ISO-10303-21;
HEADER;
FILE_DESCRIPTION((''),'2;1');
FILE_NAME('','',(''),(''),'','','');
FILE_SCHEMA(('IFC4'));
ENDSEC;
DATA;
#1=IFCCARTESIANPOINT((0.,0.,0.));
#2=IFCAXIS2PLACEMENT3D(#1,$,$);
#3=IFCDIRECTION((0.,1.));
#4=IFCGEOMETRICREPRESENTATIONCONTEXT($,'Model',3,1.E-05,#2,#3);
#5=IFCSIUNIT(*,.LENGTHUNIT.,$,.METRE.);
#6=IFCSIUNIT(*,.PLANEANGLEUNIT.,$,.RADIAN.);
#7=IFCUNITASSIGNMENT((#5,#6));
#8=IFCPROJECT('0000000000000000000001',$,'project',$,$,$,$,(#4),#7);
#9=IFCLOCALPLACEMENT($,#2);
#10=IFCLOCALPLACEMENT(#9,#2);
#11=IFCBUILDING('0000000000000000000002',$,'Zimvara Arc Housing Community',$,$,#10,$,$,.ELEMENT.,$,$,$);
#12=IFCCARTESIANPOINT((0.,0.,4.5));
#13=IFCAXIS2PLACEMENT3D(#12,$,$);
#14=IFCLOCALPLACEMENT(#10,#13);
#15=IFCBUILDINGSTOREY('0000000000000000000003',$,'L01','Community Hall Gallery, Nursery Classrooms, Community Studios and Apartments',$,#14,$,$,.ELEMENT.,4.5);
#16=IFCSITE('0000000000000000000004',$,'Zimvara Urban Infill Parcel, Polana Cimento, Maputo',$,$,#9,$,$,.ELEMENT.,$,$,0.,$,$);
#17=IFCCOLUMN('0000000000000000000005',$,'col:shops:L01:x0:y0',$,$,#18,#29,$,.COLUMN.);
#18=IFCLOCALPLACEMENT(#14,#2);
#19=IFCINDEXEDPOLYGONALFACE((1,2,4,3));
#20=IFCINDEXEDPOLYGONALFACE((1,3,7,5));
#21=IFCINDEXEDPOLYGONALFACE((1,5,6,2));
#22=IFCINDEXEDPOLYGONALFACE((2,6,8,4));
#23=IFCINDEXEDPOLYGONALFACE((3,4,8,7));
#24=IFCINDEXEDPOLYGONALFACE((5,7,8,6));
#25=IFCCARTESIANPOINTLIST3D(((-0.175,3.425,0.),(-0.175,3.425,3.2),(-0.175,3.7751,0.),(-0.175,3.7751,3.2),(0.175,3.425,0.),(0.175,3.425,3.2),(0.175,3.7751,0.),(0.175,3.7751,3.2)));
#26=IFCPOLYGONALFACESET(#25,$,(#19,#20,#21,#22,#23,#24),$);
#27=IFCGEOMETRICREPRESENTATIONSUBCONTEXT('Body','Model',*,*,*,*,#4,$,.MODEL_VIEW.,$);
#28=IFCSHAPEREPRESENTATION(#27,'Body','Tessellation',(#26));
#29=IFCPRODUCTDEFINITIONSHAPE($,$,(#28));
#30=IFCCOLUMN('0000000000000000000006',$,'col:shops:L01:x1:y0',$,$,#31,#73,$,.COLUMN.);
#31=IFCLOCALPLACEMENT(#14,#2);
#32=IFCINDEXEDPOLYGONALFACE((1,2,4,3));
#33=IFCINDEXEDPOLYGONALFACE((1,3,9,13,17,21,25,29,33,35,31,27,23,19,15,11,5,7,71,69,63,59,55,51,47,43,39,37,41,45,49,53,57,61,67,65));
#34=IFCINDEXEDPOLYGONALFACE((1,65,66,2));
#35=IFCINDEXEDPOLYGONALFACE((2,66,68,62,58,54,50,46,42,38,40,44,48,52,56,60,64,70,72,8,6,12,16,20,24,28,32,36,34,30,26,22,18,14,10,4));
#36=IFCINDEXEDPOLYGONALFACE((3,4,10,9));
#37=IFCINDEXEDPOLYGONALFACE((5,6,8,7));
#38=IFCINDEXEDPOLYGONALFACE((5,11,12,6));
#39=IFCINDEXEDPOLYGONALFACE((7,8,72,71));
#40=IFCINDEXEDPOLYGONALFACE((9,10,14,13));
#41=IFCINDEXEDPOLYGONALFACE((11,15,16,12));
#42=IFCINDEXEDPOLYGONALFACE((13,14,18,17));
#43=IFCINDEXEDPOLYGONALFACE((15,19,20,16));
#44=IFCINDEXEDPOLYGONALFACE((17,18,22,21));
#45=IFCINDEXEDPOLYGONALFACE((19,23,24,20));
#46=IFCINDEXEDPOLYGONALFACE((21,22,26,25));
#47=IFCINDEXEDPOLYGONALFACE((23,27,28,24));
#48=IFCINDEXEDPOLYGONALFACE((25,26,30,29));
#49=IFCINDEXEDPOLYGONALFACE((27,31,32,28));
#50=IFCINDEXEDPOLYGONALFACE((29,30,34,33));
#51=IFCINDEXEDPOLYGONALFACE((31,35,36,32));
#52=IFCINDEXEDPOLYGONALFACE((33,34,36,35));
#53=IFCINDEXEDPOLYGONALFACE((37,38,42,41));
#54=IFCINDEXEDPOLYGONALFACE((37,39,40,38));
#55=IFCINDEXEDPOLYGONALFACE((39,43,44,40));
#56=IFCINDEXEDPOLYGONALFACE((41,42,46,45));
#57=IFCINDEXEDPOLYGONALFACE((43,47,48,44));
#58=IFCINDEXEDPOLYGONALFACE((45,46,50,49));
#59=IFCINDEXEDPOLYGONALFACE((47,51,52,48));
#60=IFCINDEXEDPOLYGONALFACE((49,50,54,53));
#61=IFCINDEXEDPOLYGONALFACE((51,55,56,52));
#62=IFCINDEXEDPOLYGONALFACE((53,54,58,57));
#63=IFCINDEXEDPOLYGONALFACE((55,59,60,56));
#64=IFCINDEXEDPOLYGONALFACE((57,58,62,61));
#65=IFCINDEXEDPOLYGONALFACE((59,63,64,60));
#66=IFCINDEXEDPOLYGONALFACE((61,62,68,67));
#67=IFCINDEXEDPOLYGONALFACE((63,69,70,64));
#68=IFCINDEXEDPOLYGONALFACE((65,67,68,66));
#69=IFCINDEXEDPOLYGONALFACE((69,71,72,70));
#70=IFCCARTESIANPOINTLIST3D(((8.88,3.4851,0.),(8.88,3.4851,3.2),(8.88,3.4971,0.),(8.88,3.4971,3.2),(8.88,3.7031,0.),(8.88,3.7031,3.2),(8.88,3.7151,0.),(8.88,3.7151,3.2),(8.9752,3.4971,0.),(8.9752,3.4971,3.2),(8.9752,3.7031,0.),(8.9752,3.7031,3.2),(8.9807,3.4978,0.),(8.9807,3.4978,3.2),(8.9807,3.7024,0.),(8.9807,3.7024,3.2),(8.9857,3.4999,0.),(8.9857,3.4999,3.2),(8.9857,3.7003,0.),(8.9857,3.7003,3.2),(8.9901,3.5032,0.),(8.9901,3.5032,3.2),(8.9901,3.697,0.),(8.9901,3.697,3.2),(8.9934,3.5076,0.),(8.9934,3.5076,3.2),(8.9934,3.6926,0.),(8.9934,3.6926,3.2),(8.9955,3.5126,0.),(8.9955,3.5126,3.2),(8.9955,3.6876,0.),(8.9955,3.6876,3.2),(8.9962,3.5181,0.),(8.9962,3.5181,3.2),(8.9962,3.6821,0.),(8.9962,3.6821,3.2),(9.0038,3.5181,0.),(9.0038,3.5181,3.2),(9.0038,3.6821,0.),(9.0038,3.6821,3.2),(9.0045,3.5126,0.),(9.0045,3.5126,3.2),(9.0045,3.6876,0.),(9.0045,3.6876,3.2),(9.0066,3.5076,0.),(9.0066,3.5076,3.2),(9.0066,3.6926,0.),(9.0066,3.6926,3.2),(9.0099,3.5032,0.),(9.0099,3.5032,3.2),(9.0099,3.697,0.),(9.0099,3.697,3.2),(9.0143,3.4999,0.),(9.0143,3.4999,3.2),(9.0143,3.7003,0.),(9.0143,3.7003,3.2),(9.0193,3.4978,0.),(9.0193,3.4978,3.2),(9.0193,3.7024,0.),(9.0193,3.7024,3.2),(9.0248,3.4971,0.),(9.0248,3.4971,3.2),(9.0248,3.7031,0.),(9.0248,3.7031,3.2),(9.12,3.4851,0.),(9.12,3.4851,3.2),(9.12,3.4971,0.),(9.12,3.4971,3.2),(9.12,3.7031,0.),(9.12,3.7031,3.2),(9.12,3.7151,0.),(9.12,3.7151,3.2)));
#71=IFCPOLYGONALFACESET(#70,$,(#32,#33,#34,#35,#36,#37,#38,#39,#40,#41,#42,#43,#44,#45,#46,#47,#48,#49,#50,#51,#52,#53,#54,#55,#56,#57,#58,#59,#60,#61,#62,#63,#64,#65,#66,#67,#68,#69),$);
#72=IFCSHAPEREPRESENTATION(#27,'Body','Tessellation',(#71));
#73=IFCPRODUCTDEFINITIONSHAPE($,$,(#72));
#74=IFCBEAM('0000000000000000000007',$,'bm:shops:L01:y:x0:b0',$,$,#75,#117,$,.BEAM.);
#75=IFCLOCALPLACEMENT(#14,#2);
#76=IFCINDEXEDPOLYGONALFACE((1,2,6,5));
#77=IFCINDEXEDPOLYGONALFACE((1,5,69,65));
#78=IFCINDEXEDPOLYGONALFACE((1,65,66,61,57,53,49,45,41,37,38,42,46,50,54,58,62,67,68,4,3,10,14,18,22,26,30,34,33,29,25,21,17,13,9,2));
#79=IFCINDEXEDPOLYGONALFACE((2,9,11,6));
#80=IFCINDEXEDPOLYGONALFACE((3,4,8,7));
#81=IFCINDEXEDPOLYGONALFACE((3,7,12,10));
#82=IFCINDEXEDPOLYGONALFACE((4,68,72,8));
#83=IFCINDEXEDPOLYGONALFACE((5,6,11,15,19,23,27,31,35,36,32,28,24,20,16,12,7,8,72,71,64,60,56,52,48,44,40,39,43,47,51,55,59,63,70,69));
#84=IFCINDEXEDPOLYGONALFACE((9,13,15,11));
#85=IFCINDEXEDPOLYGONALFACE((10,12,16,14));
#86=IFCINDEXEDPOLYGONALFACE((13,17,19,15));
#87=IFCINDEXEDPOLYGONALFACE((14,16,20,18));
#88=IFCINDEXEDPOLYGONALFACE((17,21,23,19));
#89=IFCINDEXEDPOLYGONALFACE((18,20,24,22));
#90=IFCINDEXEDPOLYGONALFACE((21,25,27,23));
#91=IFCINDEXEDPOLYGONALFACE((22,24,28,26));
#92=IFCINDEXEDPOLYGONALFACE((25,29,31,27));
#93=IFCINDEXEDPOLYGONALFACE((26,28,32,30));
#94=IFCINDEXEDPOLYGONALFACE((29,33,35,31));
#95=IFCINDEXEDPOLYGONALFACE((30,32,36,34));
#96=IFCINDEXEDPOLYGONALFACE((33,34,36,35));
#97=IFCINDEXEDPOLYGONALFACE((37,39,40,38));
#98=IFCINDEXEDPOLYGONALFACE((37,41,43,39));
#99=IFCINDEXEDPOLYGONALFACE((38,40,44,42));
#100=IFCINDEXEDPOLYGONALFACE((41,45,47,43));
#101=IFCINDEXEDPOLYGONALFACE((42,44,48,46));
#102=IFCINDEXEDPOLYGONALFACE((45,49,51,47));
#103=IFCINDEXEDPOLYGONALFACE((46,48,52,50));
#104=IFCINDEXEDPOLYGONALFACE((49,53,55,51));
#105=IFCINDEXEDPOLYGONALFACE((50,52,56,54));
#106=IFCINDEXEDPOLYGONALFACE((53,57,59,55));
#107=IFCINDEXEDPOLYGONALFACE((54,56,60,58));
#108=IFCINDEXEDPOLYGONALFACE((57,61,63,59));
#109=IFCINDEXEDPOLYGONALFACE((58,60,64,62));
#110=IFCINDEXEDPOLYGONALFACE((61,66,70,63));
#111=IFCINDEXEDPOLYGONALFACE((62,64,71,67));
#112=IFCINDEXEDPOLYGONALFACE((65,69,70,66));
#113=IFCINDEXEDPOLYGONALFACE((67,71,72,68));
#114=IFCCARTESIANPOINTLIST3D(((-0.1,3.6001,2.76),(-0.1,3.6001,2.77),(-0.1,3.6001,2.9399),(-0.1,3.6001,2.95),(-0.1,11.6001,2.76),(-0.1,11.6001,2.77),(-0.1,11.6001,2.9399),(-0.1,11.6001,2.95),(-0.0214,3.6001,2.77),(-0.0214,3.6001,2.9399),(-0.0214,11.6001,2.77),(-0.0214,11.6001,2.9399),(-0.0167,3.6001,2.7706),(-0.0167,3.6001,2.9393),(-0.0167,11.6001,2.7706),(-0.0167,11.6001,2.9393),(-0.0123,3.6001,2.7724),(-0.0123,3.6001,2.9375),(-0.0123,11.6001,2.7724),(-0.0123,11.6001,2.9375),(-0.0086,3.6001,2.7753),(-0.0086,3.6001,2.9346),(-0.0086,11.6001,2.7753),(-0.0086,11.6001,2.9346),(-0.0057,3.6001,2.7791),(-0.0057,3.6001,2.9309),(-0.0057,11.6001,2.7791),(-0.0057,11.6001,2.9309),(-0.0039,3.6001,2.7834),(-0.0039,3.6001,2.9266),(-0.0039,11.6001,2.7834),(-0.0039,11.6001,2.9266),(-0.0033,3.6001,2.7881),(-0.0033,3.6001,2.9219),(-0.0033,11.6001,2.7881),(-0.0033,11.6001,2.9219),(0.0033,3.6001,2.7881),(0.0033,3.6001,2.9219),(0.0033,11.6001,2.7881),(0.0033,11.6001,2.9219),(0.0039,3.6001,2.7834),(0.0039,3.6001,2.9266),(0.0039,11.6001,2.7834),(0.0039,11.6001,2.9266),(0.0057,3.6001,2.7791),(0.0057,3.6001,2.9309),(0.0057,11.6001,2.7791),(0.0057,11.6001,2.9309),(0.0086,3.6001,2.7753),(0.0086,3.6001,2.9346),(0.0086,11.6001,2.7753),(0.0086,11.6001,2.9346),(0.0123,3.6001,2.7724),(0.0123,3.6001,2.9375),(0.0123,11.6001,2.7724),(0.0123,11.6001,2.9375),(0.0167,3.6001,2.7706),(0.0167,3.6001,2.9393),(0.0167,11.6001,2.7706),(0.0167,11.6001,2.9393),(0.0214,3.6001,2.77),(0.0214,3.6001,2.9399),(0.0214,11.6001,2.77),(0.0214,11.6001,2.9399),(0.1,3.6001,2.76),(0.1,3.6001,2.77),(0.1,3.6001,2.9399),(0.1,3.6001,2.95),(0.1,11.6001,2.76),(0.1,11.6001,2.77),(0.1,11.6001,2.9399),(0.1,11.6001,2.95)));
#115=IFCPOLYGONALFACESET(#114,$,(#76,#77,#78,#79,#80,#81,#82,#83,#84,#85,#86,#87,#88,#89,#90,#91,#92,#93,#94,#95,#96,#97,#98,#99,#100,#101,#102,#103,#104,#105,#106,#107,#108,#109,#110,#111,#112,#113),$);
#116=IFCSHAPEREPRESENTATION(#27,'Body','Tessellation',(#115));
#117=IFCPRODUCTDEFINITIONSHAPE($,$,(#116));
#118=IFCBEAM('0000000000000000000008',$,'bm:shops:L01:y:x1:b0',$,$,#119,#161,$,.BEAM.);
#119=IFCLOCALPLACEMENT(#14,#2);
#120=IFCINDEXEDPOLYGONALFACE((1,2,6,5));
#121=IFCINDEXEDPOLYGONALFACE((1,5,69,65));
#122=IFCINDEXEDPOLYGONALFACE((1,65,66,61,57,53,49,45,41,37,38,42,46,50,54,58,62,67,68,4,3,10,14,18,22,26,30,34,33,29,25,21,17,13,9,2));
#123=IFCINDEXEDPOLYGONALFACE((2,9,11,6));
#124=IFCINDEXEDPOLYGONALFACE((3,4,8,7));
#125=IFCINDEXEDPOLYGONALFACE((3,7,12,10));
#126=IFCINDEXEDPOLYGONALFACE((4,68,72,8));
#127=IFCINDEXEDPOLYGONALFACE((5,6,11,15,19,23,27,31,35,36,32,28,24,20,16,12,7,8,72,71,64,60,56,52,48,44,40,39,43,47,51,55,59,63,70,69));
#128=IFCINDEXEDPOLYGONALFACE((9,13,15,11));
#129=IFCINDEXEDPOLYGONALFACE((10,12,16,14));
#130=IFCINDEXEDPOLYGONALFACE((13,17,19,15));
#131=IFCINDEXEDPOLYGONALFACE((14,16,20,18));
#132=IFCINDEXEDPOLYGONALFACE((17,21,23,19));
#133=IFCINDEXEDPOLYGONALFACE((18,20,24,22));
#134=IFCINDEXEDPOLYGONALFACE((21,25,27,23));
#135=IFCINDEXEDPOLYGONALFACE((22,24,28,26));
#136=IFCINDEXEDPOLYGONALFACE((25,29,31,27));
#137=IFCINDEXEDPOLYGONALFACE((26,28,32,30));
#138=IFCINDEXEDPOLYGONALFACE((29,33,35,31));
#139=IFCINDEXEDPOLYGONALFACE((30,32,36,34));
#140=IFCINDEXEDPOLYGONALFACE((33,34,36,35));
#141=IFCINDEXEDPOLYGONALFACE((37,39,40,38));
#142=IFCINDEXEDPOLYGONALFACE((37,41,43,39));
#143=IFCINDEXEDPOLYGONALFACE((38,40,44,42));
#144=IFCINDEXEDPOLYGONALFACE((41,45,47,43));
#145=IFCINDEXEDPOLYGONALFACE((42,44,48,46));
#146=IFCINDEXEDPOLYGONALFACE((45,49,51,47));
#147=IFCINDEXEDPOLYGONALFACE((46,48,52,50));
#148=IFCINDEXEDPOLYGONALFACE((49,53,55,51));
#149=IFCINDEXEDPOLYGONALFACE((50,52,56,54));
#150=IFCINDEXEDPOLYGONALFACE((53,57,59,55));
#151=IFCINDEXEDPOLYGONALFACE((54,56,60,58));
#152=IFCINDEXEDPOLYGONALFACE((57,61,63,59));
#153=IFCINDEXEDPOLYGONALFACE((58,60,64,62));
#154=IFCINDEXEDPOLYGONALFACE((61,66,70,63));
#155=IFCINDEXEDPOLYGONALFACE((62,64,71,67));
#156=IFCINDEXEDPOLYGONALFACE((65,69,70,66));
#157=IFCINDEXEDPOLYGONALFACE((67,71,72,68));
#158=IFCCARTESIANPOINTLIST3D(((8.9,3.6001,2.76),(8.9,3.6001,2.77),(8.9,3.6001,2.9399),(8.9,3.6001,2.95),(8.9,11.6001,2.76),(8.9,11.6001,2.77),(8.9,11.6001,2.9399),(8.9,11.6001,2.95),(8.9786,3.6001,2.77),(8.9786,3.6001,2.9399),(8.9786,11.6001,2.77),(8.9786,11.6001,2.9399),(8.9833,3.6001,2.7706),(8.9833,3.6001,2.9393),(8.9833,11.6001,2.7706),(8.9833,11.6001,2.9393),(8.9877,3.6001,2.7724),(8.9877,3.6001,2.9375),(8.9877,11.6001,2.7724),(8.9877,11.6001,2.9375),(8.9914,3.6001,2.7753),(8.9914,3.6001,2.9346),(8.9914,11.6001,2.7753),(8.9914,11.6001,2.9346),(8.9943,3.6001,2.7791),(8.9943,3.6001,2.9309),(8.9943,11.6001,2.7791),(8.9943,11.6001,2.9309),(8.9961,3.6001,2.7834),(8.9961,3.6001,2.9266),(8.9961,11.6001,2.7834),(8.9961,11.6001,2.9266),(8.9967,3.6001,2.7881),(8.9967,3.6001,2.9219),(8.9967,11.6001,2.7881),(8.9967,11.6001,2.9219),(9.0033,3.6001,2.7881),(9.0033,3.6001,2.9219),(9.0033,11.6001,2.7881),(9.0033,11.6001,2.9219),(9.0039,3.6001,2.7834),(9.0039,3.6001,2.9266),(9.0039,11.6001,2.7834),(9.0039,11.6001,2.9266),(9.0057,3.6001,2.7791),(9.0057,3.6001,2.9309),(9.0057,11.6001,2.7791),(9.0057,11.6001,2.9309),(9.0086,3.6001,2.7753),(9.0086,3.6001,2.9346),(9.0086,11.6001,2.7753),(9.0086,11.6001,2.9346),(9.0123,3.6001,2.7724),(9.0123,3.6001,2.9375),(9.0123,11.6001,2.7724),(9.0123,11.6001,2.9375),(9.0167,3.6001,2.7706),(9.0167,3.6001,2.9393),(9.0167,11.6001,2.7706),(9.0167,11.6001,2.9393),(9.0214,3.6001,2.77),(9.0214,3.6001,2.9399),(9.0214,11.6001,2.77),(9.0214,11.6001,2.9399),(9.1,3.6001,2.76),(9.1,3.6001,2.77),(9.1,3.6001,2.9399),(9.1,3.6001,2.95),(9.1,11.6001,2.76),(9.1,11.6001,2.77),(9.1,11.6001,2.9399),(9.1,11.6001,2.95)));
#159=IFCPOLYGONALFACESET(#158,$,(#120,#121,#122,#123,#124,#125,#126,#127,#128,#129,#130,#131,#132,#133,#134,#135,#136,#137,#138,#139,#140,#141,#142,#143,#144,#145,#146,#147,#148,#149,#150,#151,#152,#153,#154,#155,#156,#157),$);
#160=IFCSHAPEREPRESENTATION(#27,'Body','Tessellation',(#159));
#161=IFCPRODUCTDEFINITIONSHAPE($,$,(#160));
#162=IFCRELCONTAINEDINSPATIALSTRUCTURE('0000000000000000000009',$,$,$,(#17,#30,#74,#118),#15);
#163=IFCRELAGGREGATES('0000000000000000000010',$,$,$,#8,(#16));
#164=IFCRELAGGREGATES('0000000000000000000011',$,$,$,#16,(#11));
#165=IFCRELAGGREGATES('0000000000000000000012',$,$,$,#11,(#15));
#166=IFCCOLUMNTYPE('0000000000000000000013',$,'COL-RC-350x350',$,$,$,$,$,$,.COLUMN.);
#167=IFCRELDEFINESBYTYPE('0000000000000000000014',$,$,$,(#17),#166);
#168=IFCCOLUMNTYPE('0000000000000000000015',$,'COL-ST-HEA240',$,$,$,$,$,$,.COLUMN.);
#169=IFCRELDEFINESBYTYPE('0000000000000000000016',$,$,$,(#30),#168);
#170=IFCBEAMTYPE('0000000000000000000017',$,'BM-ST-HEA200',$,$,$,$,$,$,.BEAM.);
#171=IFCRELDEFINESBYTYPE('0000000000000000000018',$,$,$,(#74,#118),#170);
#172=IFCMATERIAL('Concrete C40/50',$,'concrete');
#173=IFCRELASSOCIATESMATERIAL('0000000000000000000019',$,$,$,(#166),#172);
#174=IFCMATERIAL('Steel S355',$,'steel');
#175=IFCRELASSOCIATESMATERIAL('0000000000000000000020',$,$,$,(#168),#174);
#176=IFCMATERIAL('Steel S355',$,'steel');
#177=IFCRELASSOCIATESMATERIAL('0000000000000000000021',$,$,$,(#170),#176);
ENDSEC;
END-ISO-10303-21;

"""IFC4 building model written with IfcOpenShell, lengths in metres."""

from ifc_helpers import new_model, si_unit, direction, frame, origin, origin_2d, place, context, subcontext, project, spatial, rectangle, i_section, extrude, material, material_profile, profile_set, type_object, element, save


model = new_model("IFC4")

# Units and contexts
model_context = context("Model", 3, precision=1e-05, world=origin(), true_north=direction((0.0, 1.0)))
body_context = subcontext(model_context, "Body", "Model", "MODEL_VIEW")
ifc_project = project(units=[si_unit("LENGTHUNIT", "METRE"), si_unit("PLANEANGLEUNIT", "RADIAN")], contexts=[model_context])

# Site, building, storey
site_placement = place(None, origin())
site = spatial("IfcSite", under=ifc_project, at=site_placement, Name="Zimvara Urban Infill Parcel, Polana Cimento, Maputo", CompositionType="ELEMENT", RefElevation=0.0)
building_placement = place(site_placement, origin())
building = spatial("IfcBuilding", under=site, at=building_placement, Name="Zimvara Arc Housing Community", CompositionType="ELEMENT")
storey_placement = place(building_placement, frame((0.0, 0.0, 4.5)))
storey = spatial("IfcBuildingStorey", under=building, at=storey_placement, Name="L01", Description="Community Hall Gallery, Nursery Classrooms, Community Studios and Apartments", CompositionType="ELEMENT", Elevation=4.5)

# Columns
ifc_material_1 = material(Name="Concrete C40/50", Category="concrete")
ifc_material_profile_1 = material_profile(ifc_material_1, rectangle(XDim=0.3501, YDim=0.3501, at=origin_2d()), Name="RC 350x350")
ifc_profile_set_1 = profile_set([ifc_material_profile_1], Name="Concrete C40/50")
column_type_1 = type_object("IfcColumnType", Name="COL-RC-350x350", PredefinedType="COLUMN", material=ifc_profile_set_1)
column_1_placement = place(storey_placement, frame((0.0, 3.6001, 0.0), z_axis=(0.0, 0.0, 1.0), x_axis=(1.0, 0.0, 0.0)))
element("IfcColumn", 1, at=column_1_placement, inside=storey, type_object=column_type_1, Name="col:shops:L01:x0:y0", PredefinedType="COLUMN", context=body_context, shape_type="SweptSolid", body=[
    extrude(rectangle(XDim=0.3501, YDim=0.3501, at=origin_2d()), origin(), (0.0, 0.0, 1.0), 3.2),
])
ifc_material_2 = material(Name="Steel S355", Category="steel")
ifc_material_profile_2 = material_profile(ifc_material_2, i_section(OverallWidth=0.24, OverallDepth=0.23, WebThickness=0.0076, FlangeThickness=0.012, FilletRadius=0.021, at=origin_2d()), Name="HEA 240")
ifc_profile_set_2 = profile_set([ifc_material_profile_2], Name="Steel S355")
column_type_2 = type_object("IfcColumnType", Name="COL-ST-HEA240", PredefinedType="COLUMN", material=ifc_profile_set_2)
column_2_placement = place(storey_placement, frame((9.0, 3.6001, 0.0), z_axis=(0.0, 0.0, 1.0), x_axis=(1.0, 0.0, 0.0)))
element("IfcColumn", 2, at=column_2_placement, inside=storey, type_object=column_type_2, Name="col:shops:L01:x1:y0", PredefinedType="COLUMN", context=body_context, shape_type="SweptSolid", body=[
    extrude(i_section(OverallWidth=0.24, OverallDepth=0.23, WebThickness=0.0076, FlangeThickness=0.012, FilletRadius=0.021, at=origin_2d()), origin(), (0.0, 0.0, 1.0), 3.2),
])

# Beams
ifc_material_3 = material(Name="Steel S355", Category="steel")
ifc_material_profile_3 = material_profile(ifc_material_3, i_section(OverallWidth=0.2, OverallDepth=0.1899, WebThickness=0.0066, FlangeThickness=0.01, FilletRadius=0.0181, at=origin_2d()), Name="HEA 200")
ifc_profile_set_3 = profile_set([ifc_material_profile_3], Name="Steel S355")
beam_type_1 = type_object("IfcBeamType", Name="BM-ST-HEA200", PredefinedType="BEAM", material=ifc_profile_set_3)
for number, where, z_axis, x_axis, name in (
    (3, (0.0, 3.6001, 2.855), (0.0, 1.0, 0.0), (-1.0, 0.0, 0.0), "bm:shops:L01:y:x0:b0"),
    (4, (9.0, 3.6001, 2.855), (0.0, 1.0, 0.0), (-1.0, 0.0, 0.0), "bm:shops:L01:y:x1:b0"),
):
    element("IfcBeam", number, at=place(storey_placement, frame(where, z_axis=z_axis, x_axis=x_axis)), inside=storey, type_object=beam_type_1, Name=name, PredefinedType="BEAM", context=body_context, shape_type="SweptSolid", body=[
        extrude(i_section(OverallWidth=0.2, OverallDepth=0.1899, WebThickness=0.0066, FlangeThickness=0.01, FilletRadius=0.0181, at=origin_2d()), origin(), (0.0, 0.0, 1.0), 8.0),
    ])

save(model, "model.ifc")
